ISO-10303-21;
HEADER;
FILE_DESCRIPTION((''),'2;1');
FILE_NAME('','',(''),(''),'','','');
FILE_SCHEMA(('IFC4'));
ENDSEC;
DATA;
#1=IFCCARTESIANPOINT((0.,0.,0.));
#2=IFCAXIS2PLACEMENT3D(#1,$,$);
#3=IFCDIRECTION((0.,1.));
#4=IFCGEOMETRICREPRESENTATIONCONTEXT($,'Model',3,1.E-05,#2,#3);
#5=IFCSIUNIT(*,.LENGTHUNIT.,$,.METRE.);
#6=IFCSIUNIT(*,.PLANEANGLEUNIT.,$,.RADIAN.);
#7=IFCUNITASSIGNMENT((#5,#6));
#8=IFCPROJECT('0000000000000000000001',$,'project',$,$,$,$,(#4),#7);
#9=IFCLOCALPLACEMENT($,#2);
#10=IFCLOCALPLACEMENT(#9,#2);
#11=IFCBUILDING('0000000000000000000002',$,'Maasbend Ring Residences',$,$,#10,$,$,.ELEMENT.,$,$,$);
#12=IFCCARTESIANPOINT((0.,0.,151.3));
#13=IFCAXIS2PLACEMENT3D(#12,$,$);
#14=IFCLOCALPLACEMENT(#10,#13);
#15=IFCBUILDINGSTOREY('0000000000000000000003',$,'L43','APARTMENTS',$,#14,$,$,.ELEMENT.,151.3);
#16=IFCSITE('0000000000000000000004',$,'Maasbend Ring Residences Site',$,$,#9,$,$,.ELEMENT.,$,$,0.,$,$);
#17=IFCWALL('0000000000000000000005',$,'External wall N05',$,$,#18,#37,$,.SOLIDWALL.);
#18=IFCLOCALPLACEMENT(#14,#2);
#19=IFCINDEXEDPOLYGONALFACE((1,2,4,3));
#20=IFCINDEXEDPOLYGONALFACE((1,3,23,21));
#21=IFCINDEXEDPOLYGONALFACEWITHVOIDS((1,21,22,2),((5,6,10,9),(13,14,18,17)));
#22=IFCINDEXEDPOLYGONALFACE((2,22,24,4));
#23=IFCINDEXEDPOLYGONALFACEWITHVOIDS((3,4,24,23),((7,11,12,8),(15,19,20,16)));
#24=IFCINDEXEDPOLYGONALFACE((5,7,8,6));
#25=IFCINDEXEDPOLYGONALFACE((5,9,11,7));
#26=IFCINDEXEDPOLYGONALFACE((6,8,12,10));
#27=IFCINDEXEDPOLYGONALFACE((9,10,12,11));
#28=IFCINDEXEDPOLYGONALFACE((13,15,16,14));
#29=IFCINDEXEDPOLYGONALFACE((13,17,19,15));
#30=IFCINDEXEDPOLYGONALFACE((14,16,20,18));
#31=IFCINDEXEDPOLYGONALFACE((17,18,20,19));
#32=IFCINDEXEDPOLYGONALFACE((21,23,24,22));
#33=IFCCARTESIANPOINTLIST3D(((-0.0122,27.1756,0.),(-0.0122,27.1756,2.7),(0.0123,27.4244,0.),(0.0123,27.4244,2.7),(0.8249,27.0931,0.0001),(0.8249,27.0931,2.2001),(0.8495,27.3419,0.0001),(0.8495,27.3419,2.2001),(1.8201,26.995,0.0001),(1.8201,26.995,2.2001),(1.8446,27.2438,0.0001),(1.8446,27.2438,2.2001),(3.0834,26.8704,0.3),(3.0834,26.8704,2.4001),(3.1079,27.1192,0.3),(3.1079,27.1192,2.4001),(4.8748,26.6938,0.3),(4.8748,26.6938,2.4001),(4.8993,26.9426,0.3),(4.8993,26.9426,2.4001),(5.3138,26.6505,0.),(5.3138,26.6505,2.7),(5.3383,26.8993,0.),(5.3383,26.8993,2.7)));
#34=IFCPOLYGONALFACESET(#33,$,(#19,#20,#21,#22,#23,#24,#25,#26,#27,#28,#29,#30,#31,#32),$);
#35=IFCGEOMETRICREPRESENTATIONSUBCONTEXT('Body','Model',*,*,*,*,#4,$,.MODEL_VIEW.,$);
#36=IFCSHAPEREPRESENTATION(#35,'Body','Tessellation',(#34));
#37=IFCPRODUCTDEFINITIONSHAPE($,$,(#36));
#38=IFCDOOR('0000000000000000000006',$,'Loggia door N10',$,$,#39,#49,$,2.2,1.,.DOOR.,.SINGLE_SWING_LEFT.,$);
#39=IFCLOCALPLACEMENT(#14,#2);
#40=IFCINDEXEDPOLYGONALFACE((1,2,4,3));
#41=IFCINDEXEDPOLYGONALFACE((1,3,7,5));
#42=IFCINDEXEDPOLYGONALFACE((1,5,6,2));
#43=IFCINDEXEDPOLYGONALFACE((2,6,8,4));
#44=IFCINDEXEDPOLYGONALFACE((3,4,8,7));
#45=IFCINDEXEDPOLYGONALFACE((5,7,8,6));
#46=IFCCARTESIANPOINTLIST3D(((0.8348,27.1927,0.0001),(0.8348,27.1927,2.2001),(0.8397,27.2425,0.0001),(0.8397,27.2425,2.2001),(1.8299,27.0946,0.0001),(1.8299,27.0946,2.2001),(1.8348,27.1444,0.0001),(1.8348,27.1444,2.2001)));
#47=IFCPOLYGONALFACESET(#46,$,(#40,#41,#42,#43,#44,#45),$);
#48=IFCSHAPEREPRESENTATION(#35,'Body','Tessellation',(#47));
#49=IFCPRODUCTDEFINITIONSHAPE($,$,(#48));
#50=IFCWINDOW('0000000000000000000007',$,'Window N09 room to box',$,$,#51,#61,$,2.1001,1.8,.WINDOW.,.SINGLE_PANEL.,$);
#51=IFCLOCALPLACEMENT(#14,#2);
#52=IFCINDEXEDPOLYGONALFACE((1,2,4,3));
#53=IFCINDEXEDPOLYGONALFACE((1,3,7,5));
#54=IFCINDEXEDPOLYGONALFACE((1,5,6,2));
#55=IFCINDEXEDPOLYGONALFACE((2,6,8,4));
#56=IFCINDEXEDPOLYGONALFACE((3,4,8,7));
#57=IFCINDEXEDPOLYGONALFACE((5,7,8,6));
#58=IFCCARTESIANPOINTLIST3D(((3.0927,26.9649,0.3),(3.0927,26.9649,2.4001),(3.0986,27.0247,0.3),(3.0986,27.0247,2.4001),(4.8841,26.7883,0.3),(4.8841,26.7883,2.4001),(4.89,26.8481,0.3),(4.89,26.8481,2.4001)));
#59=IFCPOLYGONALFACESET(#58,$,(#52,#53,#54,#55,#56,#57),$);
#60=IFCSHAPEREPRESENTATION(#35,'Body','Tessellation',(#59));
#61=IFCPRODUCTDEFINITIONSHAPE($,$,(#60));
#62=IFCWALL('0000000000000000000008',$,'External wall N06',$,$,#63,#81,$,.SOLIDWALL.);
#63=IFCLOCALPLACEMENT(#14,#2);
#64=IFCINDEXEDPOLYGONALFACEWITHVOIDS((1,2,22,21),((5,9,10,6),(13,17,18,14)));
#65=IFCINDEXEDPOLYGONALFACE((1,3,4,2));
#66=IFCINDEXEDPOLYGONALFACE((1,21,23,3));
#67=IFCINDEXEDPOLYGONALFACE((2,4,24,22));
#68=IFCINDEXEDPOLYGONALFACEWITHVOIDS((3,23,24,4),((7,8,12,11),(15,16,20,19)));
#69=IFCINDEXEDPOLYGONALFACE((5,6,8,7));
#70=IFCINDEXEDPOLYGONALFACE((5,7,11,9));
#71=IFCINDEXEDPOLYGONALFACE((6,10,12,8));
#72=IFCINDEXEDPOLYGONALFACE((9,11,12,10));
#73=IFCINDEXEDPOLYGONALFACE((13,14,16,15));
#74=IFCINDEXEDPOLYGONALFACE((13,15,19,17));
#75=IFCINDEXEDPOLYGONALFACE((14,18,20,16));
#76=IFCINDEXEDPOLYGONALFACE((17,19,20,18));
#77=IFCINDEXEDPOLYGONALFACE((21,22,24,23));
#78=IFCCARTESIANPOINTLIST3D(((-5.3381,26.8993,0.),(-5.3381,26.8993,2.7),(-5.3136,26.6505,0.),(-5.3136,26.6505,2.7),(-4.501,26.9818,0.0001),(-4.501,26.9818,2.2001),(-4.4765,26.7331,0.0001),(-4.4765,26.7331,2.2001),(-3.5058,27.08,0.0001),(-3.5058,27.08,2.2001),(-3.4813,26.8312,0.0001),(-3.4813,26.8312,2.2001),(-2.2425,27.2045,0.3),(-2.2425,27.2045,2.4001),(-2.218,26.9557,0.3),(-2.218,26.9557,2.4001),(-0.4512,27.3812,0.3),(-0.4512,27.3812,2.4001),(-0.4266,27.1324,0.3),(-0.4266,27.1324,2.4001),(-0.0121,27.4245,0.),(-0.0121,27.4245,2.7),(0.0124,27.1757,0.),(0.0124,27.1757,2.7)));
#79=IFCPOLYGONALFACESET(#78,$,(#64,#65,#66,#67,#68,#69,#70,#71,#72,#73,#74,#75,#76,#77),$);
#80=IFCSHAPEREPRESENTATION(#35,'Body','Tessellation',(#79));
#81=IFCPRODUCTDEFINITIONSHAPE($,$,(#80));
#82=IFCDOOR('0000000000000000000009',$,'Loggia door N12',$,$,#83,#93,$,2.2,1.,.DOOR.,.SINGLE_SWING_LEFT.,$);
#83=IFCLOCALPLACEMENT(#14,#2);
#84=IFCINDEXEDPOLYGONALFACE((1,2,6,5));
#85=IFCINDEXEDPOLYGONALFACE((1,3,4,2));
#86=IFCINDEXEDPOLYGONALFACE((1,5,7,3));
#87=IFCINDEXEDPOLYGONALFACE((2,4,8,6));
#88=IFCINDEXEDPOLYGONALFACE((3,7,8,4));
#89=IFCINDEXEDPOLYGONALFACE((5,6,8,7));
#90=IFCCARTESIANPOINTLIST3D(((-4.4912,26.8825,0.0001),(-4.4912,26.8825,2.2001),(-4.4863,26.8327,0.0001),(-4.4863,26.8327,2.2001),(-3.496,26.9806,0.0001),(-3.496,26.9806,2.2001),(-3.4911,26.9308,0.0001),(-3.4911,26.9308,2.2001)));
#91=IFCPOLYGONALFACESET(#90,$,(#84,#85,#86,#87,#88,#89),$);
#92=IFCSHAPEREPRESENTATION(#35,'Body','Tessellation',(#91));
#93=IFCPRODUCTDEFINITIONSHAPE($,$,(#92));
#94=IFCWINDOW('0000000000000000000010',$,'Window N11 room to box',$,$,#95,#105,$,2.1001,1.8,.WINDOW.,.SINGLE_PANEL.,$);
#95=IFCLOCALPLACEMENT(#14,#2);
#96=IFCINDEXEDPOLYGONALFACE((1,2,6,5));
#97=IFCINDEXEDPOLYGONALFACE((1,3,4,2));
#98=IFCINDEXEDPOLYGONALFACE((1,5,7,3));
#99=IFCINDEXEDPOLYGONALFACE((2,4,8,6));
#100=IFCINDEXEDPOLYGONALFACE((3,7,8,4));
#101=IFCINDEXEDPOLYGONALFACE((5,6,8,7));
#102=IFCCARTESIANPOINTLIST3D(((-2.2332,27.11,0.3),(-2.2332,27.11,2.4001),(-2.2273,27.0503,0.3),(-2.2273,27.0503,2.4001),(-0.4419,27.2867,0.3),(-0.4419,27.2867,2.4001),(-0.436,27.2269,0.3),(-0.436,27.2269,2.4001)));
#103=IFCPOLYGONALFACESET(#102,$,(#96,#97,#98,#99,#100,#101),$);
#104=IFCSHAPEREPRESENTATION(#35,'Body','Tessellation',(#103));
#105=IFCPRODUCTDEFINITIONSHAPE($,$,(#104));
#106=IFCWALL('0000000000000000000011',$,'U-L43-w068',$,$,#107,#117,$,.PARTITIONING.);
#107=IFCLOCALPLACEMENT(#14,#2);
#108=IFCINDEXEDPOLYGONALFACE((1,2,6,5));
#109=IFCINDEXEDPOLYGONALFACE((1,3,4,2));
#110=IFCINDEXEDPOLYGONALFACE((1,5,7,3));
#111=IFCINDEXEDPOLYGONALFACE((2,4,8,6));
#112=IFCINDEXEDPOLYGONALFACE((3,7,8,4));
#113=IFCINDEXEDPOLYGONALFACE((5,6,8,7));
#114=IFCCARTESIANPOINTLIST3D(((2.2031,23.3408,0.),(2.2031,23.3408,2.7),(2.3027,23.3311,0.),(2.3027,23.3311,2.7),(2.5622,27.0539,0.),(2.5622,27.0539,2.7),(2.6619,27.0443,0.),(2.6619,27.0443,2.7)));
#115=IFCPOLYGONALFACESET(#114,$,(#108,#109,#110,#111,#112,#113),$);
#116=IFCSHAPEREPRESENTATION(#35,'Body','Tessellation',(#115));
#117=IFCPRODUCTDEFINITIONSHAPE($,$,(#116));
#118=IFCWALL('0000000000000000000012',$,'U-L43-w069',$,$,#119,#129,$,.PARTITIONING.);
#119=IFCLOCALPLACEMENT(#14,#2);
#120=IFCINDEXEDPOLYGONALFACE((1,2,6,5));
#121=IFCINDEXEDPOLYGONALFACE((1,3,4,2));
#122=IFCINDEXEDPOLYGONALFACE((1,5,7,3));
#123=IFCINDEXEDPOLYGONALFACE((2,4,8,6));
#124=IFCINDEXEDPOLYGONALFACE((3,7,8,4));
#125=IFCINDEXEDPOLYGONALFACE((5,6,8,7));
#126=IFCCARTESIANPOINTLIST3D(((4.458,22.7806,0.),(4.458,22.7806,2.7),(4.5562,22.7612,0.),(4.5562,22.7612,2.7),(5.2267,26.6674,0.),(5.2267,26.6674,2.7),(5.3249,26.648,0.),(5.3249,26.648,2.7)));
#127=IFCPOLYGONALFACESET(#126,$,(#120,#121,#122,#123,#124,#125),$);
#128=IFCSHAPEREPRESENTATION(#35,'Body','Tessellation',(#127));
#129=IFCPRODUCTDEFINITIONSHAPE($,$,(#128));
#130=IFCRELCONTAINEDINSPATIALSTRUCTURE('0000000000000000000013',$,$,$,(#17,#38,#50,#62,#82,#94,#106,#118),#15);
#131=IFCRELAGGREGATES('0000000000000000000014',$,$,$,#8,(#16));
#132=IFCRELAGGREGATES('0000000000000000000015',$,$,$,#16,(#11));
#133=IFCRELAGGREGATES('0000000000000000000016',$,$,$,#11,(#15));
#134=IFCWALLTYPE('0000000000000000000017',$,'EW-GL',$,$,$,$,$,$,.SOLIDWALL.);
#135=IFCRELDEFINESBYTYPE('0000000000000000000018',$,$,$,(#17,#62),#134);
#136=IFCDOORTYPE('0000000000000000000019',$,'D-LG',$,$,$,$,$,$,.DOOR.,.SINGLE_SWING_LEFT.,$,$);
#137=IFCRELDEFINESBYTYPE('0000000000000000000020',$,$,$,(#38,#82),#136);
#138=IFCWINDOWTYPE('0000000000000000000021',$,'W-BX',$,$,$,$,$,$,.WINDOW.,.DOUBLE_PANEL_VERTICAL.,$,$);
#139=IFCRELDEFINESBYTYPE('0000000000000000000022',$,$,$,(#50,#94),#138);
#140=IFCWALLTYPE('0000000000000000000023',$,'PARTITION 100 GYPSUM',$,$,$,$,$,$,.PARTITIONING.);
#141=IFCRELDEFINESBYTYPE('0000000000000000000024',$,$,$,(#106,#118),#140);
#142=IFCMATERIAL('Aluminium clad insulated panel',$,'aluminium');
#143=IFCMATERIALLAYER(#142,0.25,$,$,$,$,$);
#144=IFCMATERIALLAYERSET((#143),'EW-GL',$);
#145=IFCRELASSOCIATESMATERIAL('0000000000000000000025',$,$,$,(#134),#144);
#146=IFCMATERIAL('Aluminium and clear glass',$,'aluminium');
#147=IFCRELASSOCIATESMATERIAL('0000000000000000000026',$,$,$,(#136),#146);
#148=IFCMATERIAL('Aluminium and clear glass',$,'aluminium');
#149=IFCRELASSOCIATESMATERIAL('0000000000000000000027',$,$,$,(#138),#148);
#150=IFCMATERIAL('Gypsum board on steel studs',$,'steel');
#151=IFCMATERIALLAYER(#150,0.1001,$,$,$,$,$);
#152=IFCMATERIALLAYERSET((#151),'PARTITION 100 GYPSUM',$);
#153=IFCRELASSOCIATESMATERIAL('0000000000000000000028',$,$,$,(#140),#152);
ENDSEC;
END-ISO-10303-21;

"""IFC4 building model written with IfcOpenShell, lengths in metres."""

from ifc_helpers import new_model, si_unit, direction, frame, frame_2d, origin, place, context, subcontext, project, spatial, rectangle, extrude, material, layer, layer_set, type_object, element, fill, save


model = new_model("IFC4")

# Units and contexts
model_context = context("Model", 3, precision=1e-05, world=origin(), true_north=direction((0.0, 1.0)))
body_context = subcontext(model_context, "Body", "Model", "MODEL_VIEW")
ifc_project = project(units=[si_unit("LENGTHUNIT", "METRE"), si_unit("PLANEANGLEUNIT", "RADIAN")], contexts=[model_context])

# Site, building, storey
site_placement = place(None, origin())
site = spatial("IfcSite", under=ifc_project, at=site_placement, Name="Maasbend Ring Residences Site", CompositionType="ELEMENT", RefElevation=0.0)
building_placement = place(site_placement, origin())
building = spatial("IfcBuilding", under=site, at=building_placement, Name="Maasbend Ring Residences", CompositionType="ELEMENT")
storey_placement = place(building_placement, frame((0.0, 0.0, 151.3)))
storey = spatial("IfcBuildingStorey", under=building, at=storey_placement, Name="L43", Description="APARTMENTS", CompositionType="ELEMENT", Elevation=151.3)

# Walls, openings, doors, windows
ifc_material_1 = material(Name="Aluminium clad insulated panel", Category="aluminium")
ifc_layer_1 = layer(ifc_material_1, 0.25)
ifc_layer_set_1 = layer_set([ifc_layer_1], Name="EW-GL")
wall_type_1 = type_object("IfcWallType", Name="EW-GL", PredefinedType="SOLIDWALL", material=ifc_layer_set_1)
ifc_material_2 = material(Name="Aluminium and clear glass", Category="aluminium")
door_type = type_object("IfcDoorType", Name="D-LG", OperationType="SINGLE_SWING_LEFT", PredefinedType="DOOR", material=ifc_material_2)
ifc_material_3 = material(Name="Aluminium and clear glass", Category="aluminium")
window_type_1 = type_object("IfcWindowType", Name="W-BX", PartitioningType="DOUBLE_PANEL_VERTICAL", PredefinedType="WINDOW", material=ifc_material_3)
wall_1_placement = place(storey_placement, frame((5.3259, 26.7749, 0.0), z_axis=(0.0, 0.0, 1.0), x_axis=(-0.995174, 0.098126, 0.0)))
wall_1 = element("IfcWall", 1, at=wall_1_placement, inside=storey, type_object=wall_type_1, Name="External wall N05", PredefinedType="SOLIDWALL", context=body_context, shape_type="SweptSolid", body=[
    extrude(rectangle(XDim=5.3518, YDim=0.25, at=frame_2d((2.6758, 0.0))), origin(), (0.0, 0.0, 1.0), 2.7),
])
opening_1_placement = place(wall_1_placement, frame((0.4412, 0.0, 0.3)))
opening_1 = element("IfcOpeningElement", 2, at=opening_1_placement, cuts=wall_1, PredefinedType="OPENING", context=body_context, shape_type="SweptSolid", body=[
    extrude(rectangle(XDim=1.8, YDim=2.1001, at=frame_2d((0.8999, 1.05))), frame((0.0, 0.135, 0.0), z_axis=(0.0, -1.0, 0.0), x_axis=(1.0, 0.0, 0.0)), (0.0, 0.0, 1.0), 0.27),
])
opening_2_placement = place(wall_1_placement, frame((3.5105, 0.0, 0.0)))
opening_2 = element("IfcOpeningElement", 3, at=opening_2_placement, cuts=wall_1, PredefinedType="OPENING", context=body_context, shape_type="SweptSolid", body=[
    extrude(rectangle(XDim=1.0, YDim=2.2, at=frame_2d((0.5, 1.1001))), frame((0.0, 0.135, 0.0), z_axis=(0.0, -1.0, 0.0), x_axis=(1.0, 0.0, 0.0)), (0.0, 0.0, 1.0), 0.27),
])
door_1_placement = place(opening_2_placement, origin())
door_1 = element("IfcDoor", 4, at=door_1_placement, inside=storey, type_object=door_type, Name="Loggia door N10", OperationType="SINGLE_SWING_LEFT", OverallHeight=2.2, OverallWidth=1.0, PredefinedType="DOOR", context=body_context, shape_type="SweptSolid", body=[
    extrude(rectangle(XDim=1.0, YDim=2.2, at=frame_2d((0.5, 1.1001))), frame((0.0, 0.0249, 0.0), z_axis=(0.0, -1.0, 0.0), x_axis=(1.0, 0.0, 0.0)), (0.0, 0.0, 1.0), 0.05),
])
fill(opening_2, door_1)
window_1_placement = place(opening_1_placement, origin())
window_1 = element("IfcWindow", 5, at=window_1_placement, inside=storey, type_object=window_type_1, Name="Window N09 room to box", OverallHeight=2.1001, OverallWidth=1.8, PartitioningType="SINGLE_PANEL", PredefinedType="WINDOW", context=body_context, shape_type="SweptSolid", body=[
    extrude(rectangle(XDim=1.8, YDim=2.1001, at=frame_2d((0.8999, 1.05))), frame((0.0, 0.03, 0.0), z_axis=(0.0, -1.0, 0.0), x_axis=(1.0, 0.0, 0.0)), (0.0, 0.0, 1.0), 0.0601),
])
fill(opening_1, window_1)
wall_2_placement = place(storey_placement, frame((0.0, 27.3, 0.0), z_axis=(0.0, 0.0, 1.0), x_axis=(-0.995174, -0.098126, 0.0)))
wall_2 = element("IfcWall", 6, at=wall_2_placement, inside=storey, type_object=wall_type_1, Name="External wall N06", PredefinedType="SOLIDWALL", context=body_context, shape_type="SweptSolid", body=[
    extrude(rectangle(XDim=5.3518, YDim=0.25, at=frame_2d((2.6758, 0.0))), origin(), (0.0, 0.0, 1.0), 2.7),
])
opening_3_placement = place(wall_2_placement, frame((0.4412, 0.0, 0.3)))
opening_3 = element("IfcOpeningElement", 7, at=opening_3_placement, cuts=wall_2, PredefinedType="OPENING", context=body_context, shape_type="SweptSolid", body=[
    extrude(rectangle(XDim=1.8, YDim=2.1001, at=frame_2d((0.8999, 1.05))), frame((0.0, 0.135, 0.0), z_axis=(0.0, -1.0, 0.0), x_axis=(1.0, 0.0, 0.0)), (0.0, 0.0, 1.0), 0.27),
])
opening_4_placement = place(wall_2_placement, frame((3.5105, 0.0, 0.0)))
opening_4 = element("IfcOpeningElement", 8, at=opening_4_placement, cuts=wall_2, PredefinedType="OPENING", context=body_context, shape_type="SweptSolid", body=[
    extrude(rectangle(XDim=1.0, YDim=2.2, at=frame_2d((0.5, 1.1001))), frame((0.0, 0.135, 0.0), z_axis=(0.0, -1.0, 0.0), x_axis=(1.0, 0.0, 0.0)), (0.0, 0.0, 1.0), 0.27),
])
door_2_placement = place(opening_4_placement, origin())
door_2 = element("IfcDoor", 9, at=door_2_placement, inside=storey, type_object=door_type, Name="Loggia door N12", OperationType="SINGLE_SWING_LEFT", OverallHeight=2.2, OverallWidth=1.0, PredefinedType="DOOR", context=body_context, shape_type="SweptSolid", body=[
    extrude(rectangle(XDim=1.0, YDim=2.2, at=frame_2d((0.5, 1.1001))), frame((0.0, 0.0249, 0.0), z_axis=(0.0, -1.0, 0.0), x_axis=(1.0, 0.0, 0.0)), (0.0, 0.0, 1.0), 0.05),
])
fill(opening_4, door_2)
window_2_placement = place(opening_3_placement, origin())
window_2 = element("IfcWindow", 10, at=window_2_placement, inside=storey, type_object=window_type_1, Name="Window N11 room to box", OverallHeight=2.1001, OverallWidth=1.8, PartitioningType="SINGLE_PANEL", PredefinedType="WINDOW", context=body_context, shape_type="SweptSolid", body=[
    extrude(rectangle(XDim=1.8, YDim=2.1001, at=frame_2d((0.8999, 1.05))), frame((0.0, 0.03, 0.0), z_axis=(0.0, -1.0, 0.0), x_axis=(1.0, 0.0, 0.0)), (0.0, 0.0, 1.0), 0.0601),
])
fill(opening_3, window_2)

# Walls
ifc_material_4 = material(Name="Gypsum board on steel studs", Category="steel")
ifc_layer_2 = layer(ifc_material_4, 0.1001)
ifc_layer_set_2 = layer_set([ifc_layer_2], Name="PARTITION 100 GYPSUM")
wall_type_2 = type_object("IfcWallType", Name="PARTITION 100 GYPSUM", PredefinedType="PARTITIONING", material=ifc_layer_set_2)
wall_3_placement = place(storey_placement, frame((2.2529, 23.3359, 0.0), z_axis=(0.0, 0.0, 1.0), x_axis=(0.09627, 0.995355, 0.0)))
element("IfcWall", 11, at=wall_3_placement, inside=storey, type_object=wall_type_2, Name="U-L43-w068", PredefinedType="PARTITIONING", context=body_context, shape_type="SweptSolid", body=[
    extrude(rectangle(XDim=3.7305, YDim=0.1001, at=frame_2d((1.8652, 0.0))), origin(), (0.0, 0.0, 1.0), 2.7),
])
wall_4_placement = place(storey_placement, frame((4.5071, 22.771, 0.0), z_axis=(0.0, 0.0, 1.0), x_axis=(0.19403, 0.980996, 0.0)))
element("IfcWall", 12, at=wall_4_placement, inside=storey, type_object=wall_type_2, Name="U-L43-w069", PredefinedType="PARTITIONING", context=body_context, shape_type="SweptSolid", body=[
    extrude(rectangle(XDim=3.9622, YDim=0.1001, at=frame_2d((1.981, 0.0))), origin(), (0.0, 0.0, 1.0), 2.7),
])

save(model, "model.ifc")
